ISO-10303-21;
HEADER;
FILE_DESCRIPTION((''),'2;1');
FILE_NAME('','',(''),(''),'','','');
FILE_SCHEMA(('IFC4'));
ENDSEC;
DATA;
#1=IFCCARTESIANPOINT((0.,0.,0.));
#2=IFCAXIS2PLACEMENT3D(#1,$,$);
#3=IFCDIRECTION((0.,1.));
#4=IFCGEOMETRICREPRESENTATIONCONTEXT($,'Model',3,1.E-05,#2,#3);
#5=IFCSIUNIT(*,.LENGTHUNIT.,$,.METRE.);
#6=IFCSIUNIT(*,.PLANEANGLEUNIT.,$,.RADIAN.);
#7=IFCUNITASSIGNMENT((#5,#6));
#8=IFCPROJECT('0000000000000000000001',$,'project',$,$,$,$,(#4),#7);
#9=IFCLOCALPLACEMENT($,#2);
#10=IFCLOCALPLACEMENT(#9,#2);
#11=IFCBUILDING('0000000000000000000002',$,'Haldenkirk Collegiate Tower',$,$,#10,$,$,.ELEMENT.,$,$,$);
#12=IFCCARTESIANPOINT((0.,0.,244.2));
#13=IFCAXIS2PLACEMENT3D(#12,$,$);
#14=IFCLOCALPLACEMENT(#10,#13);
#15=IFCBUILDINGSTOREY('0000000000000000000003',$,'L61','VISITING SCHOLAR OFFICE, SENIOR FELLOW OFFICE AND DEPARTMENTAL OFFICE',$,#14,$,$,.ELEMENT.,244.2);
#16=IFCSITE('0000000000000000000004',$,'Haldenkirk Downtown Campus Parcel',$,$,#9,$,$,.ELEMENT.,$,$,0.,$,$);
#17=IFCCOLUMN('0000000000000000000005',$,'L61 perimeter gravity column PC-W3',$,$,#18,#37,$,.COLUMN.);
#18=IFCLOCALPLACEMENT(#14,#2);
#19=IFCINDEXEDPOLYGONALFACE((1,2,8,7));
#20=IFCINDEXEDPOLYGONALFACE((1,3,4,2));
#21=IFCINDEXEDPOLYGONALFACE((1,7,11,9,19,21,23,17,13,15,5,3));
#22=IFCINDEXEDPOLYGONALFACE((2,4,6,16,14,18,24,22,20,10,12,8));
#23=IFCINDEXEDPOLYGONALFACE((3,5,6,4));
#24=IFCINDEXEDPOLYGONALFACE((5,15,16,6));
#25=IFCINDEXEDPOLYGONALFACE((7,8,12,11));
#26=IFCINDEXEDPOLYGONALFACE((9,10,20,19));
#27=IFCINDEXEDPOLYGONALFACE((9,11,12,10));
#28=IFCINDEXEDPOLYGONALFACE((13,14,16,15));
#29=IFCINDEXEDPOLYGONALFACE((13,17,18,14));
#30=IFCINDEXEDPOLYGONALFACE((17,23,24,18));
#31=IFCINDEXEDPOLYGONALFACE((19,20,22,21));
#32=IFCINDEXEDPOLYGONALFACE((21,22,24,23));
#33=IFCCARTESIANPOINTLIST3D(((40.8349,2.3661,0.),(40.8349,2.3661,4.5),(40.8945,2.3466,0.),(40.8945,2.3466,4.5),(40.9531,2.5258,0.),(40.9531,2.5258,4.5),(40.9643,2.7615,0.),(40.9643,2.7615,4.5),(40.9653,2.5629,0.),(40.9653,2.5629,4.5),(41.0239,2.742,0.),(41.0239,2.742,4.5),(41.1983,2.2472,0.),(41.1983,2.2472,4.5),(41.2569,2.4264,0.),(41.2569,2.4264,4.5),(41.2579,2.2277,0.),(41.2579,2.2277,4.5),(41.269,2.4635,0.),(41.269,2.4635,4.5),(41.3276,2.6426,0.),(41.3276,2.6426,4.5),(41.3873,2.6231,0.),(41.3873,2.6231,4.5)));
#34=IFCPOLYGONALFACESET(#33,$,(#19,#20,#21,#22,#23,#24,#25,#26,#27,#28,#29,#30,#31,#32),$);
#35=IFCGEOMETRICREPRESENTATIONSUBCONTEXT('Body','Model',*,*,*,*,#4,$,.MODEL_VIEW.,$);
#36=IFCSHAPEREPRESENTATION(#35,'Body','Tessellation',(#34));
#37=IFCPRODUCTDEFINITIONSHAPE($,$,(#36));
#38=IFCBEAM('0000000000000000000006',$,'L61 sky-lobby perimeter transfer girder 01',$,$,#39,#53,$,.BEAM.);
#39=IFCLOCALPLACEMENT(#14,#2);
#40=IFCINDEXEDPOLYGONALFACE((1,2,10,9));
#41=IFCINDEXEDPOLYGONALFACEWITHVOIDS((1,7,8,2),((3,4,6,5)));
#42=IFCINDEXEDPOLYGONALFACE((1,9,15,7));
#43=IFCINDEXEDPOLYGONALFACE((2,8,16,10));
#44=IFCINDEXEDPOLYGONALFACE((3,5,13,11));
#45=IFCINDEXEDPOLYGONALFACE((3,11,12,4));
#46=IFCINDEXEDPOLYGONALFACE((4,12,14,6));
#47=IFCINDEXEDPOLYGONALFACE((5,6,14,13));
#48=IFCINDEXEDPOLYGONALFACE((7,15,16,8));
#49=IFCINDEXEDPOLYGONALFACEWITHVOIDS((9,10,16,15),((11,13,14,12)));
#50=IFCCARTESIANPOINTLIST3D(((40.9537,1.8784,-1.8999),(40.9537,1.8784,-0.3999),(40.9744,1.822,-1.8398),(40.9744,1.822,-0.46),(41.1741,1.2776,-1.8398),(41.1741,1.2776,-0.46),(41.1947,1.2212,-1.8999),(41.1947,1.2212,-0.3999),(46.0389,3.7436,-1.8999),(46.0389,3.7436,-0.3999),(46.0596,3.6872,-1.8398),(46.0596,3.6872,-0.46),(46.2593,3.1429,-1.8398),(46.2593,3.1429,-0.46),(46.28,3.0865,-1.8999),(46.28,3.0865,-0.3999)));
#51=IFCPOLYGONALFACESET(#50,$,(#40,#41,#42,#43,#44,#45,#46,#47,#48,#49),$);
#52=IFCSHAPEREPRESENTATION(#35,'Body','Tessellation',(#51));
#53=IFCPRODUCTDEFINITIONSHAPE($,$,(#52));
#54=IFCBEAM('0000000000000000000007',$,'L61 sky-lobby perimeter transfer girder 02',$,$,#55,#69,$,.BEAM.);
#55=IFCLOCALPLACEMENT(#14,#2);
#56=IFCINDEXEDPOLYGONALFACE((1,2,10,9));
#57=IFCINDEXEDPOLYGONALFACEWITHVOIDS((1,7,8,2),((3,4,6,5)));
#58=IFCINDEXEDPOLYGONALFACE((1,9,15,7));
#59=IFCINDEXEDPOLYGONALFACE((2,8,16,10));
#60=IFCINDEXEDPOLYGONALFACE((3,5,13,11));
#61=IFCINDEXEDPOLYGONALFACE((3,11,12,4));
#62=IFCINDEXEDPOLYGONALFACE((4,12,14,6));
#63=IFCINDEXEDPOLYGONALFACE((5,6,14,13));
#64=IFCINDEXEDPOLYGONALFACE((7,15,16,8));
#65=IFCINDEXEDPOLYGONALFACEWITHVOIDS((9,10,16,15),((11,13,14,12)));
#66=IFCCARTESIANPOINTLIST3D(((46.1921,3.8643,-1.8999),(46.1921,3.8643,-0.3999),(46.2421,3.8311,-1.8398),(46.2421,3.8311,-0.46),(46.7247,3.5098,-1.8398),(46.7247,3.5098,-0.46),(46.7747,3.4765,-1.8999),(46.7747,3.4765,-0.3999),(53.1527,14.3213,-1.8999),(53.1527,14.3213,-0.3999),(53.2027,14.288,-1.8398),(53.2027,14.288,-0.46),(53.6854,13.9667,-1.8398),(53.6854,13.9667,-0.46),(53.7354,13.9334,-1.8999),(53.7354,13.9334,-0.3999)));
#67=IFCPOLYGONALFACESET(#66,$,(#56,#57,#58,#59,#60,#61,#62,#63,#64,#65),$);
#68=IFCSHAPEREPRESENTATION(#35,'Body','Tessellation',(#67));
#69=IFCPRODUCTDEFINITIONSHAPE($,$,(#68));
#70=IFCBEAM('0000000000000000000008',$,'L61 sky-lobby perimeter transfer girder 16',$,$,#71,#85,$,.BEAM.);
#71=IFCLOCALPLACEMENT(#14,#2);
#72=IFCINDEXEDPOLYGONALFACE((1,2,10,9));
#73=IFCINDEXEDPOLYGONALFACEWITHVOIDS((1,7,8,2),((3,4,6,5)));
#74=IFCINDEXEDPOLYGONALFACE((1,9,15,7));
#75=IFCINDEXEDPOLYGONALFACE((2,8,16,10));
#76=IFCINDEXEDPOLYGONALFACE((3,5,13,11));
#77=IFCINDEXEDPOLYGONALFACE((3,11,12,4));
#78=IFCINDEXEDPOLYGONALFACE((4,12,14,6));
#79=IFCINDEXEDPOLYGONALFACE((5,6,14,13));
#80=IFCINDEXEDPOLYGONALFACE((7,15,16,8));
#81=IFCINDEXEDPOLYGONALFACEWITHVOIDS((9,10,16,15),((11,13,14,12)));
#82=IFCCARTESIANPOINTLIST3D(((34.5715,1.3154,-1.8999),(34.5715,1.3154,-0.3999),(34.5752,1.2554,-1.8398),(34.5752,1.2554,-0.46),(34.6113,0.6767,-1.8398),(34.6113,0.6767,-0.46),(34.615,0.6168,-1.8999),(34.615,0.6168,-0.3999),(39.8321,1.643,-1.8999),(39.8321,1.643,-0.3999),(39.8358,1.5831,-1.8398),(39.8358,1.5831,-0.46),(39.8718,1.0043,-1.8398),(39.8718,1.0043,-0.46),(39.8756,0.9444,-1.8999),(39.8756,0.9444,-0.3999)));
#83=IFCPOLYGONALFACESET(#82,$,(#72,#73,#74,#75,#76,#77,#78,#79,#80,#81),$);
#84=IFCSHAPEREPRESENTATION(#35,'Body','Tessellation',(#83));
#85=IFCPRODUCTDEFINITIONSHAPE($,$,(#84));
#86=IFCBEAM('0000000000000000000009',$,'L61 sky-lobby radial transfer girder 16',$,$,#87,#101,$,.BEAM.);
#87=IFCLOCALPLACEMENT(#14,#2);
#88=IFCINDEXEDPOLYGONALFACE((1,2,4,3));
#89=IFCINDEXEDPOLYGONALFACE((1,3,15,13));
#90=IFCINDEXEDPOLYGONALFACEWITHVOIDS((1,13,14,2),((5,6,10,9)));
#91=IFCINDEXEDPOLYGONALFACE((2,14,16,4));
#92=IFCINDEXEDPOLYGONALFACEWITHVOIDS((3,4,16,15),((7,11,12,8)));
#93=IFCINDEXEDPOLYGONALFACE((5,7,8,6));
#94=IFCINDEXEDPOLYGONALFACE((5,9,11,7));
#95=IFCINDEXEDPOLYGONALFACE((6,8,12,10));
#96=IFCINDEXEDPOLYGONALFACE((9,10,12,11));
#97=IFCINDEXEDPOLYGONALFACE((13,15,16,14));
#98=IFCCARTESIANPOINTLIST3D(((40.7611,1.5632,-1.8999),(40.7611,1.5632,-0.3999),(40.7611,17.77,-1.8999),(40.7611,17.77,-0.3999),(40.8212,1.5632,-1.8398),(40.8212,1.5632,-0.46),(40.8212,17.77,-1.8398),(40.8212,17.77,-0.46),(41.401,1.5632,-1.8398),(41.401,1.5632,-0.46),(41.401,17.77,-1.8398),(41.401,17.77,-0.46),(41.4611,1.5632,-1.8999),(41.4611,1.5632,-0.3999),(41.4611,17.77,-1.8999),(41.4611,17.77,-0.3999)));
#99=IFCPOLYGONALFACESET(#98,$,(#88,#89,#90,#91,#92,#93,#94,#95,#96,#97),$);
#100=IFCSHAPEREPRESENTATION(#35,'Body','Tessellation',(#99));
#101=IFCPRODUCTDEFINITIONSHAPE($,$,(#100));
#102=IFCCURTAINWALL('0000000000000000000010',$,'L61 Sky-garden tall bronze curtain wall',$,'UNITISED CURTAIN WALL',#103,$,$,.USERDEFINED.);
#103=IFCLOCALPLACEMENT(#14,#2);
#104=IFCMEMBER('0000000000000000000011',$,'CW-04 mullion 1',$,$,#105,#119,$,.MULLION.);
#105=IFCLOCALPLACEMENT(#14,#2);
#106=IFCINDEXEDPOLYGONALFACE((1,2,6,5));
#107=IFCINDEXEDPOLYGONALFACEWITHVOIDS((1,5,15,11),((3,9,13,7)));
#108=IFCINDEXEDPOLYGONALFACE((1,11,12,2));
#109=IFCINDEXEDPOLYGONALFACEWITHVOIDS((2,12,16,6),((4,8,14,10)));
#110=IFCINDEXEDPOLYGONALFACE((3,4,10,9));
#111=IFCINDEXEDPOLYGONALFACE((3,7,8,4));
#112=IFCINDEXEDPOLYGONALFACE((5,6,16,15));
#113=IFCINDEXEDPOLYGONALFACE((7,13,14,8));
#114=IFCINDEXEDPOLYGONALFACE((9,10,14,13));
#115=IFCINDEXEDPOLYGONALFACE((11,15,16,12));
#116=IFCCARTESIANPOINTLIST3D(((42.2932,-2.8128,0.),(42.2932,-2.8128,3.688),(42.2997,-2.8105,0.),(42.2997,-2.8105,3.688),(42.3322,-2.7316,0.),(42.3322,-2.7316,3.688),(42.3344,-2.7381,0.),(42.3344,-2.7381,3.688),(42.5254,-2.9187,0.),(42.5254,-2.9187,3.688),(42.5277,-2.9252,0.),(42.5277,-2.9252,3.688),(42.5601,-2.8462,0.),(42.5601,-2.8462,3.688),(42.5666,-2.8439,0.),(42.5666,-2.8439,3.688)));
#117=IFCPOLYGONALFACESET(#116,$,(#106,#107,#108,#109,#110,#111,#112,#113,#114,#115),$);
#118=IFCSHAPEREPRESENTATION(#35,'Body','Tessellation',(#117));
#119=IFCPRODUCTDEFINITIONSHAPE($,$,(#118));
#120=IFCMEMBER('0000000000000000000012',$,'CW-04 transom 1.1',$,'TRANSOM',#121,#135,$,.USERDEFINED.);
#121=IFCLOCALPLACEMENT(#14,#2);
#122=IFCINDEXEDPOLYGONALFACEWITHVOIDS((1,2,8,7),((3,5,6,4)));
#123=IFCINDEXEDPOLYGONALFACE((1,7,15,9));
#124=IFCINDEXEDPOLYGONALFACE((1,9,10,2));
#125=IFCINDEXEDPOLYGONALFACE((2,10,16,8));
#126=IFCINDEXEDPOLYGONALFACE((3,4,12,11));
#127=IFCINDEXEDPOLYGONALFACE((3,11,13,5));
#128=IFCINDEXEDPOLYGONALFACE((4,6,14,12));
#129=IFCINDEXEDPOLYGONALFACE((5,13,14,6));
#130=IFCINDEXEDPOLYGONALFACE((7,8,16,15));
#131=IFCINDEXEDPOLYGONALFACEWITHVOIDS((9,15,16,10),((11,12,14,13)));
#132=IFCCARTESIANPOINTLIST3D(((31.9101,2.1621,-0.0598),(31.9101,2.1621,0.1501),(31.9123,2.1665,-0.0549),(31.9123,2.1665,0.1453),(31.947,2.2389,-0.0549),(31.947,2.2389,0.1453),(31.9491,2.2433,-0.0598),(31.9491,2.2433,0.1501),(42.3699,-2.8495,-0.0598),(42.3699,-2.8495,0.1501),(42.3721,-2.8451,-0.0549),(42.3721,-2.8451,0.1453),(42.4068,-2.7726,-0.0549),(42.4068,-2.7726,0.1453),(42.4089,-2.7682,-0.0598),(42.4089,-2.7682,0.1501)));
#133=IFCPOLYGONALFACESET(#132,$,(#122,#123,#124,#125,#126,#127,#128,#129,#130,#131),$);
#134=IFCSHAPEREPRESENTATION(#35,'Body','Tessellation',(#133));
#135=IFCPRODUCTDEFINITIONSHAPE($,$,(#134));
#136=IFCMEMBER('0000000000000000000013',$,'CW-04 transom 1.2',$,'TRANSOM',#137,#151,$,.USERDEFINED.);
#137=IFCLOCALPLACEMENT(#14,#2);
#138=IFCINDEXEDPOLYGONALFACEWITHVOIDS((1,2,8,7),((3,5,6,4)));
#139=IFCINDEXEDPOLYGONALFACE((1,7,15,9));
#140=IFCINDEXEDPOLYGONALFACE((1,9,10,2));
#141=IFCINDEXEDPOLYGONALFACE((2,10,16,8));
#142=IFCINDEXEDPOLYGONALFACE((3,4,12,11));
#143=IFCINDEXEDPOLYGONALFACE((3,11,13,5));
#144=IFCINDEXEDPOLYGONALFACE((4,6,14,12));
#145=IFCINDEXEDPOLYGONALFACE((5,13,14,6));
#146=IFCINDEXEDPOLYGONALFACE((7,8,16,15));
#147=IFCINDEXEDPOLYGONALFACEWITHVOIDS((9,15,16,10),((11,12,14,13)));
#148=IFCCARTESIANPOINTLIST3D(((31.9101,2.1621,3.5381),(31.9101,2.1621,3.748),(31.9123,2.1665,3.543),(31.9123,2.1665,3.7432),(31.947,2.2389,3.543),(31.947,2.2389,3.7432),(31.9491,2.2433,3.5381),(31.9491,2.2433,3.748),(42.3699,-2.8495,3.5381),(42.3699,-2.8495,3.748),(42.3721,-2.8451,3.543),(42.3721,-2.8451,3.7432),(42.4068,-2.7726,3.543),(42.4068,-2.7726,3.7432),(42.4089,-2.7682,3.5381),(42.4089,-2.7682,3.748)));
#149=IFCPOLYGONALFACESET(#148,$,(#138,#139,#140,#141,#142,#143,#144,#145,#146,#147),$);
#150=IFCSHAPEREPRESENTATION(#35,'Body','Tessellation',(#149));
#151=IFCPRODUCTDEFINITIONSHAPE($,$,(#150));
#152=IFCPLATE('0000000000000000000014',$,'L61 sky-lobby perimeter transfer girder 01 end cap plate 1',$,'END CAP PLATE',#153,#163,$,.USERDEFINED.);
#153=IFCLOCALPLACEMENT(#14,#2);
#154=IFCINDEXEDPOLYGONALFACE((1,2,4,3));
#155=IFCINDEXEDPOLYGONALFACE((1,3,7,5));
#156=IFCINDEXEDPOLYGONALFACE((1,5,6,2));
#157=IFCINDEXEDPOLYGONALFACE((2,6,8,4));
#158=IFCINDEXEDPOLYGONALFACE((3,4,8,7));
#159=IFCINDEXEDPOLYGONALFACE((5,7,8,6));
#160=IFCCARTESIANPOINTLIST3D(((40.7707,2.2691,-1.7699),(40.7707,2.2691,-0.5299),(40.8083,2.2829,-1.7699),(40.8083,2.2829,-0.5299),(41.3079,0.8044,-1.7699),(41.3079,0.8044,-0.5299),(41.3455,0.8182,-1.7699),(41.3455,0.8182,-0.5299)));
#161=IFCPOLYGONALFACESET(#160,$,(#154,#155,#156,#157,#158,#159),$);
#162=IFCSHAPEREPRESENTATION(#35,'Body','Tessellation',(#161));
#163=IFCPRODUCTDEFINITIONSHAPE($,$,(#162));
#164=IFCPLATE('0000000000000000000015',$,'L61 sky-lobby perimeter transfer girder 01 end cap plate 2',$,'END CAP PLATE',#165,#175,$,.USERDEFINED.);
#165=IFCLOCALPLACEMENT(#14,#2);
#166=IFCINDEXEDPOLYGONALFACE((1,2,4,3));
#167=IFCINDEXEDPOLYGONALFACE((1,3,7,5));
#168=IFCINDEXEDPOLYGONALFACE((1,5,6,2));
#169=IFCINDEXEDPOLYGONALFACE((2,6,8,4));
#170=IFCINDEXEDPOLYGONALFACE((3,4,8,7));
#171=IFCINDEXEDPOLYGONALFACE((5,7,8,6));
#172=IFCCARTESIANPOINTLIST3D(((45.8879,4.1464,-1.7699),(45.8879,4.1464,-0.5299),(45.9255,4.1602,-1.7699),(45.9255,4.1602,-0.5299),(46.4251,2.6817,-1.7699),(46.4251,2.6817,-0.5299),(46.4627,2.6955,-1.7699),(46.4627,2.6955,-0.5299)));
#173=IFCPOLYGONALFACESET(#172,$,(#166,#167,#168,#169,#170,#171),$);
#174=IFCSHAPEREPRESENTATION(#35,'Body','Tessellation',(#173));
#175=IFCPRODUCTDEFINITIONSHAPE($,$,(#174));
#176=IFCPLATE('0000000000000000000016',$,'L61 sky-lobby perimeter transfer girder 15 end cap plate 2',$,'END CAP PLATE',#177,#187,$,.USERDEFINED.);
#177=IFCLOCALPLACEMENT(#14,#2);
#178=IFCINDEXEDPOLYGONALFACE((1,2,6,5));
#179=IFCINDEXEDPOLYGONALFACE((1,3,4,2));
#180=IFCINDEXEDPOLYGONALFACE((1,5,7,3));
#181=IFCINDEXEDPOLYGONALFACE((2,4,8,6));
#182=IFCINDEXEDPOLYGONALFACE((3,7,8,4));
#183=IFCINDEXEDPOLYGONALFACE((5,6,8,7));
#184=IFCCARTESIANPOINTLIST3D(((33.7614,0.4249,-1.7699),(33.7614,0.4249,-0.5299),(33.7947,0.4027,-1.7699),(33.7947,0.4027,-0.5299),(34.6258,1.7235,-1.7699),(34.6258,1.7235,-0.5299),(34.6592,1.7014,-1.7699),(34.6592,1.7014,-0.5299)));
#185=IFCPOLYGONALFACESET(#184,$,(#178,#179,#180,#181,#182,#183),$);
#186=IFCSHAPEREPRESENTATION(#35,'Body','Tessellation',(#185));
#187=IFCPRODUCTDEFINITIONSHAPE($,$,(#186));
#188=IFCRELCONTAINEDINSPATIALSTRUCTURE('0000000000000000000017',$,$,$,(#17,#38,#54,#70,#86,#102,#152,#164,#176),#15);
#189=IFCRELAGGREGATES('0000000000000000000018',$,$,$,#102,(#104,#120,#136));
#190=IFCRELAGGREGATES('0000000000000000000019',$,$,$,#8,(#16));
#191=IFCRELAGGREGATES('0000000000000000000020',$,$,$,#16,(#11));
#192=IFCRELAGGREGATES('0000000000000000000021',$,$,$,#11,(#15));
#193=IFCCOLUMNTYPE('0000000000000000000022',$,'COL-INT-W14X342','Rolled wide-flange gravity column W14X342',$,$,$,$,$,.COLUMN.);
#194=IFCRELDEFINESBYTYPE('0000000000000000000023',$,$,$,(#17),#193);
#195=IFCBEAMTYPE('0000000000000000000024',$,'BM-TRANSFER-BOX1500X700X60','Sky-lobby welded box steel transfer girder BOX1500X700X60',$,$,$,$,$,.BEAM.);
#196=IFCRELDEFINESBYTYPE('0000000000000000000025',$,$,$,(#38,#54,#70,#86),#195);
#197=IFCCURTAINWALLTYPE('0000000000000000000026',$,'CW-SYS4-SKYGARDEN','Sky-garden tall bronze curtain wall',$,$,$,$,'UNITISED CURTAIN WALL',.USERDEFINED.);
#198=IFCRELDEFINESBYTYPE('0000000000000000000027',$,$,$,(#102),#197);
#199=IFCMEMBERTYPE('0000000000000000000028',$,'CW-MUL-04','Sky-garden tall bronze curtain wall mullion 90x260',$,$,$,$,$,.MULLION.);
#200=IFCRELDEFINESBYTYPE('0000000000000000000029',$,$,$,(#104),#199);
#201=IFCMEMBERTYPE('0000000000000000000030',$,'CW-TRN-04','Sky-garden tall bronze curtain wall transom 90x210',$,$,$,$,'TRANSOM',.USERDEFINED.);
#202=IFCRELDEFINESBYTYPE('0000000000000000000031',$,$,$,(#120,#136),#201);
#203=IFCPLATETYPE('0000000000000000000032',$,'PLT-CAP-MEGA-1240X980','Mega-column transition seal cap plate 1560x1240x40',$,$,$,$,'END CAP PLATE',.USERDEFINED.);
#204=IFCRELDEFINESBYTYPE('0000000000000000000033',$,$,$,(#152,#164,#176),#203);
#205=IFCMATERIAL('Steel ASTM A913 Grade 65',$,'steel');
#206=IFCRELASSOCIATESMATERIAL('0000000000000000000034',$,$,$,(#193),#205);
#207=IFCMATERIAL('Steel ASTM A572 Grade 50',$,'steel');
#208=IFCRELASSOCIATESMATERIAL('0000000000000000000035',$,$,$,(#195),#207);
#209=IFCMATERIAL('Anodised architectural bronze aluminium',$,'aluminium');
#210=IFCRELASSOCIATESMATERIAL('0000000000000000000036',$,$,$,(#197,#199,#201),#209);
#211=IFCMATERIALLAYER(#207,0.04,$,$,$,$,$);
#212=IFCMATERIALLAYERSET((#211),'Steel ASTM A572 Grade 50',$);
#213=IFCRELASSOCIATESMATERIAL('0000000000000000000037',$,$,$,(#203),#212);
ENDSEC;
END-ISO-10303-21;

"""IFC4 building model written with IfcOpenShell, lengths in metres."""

from ifc_helpers import new_model, si_unit, direction, frame, origin, origin_2d, place, context, subcontext, project, spatial, rectangle, hollow_rectangle, i_section, extrude, source, transform, mapped, material, layer, layer_set, material_profile, profile_set, type_object, element, aggregate, save


model = new_model("IFC4")

# Units and contexts
model_context = context("Model", 3, precision=1e-05, world=origin(), true_north=direction((0.0, 1.0)))
body_context = subcontext(model_context, "Body", "Model", "MODEL_VIEW")
ifc_project = project(units=[si_unit("LENGTHUNIT", "METRE"), si_unit("PLANEANGLEUNIT", "RADIAN")], contexts=[model_context])

# Site, building, storey
site_placement = place(None, origin())
site = spatial("IfcSite", under=ifc_project, at=site_placement, Name="Haldenkirk Downtown Campus Parcel", CompositionType="ELEMENT", RefElevation=0.0)
building_placement = place(site_placement, origin())
building = spatial("IfcBuilding", under=site, at=building_placement, Name="Haldenkirk Collegiate Tower", CompositionType="ELEMENT")
storey_placement = place(building_placement, frame((0.0, 0.0, 244.2)))
storey = spatial("IfcBuildingStorey", under=building, at=storey_placement, Name="L61", Description="VISITING SCHOLAR OFFICE, SENIOR FELLOW OFFICE AND DEPARTMENTAL OFFICE", CompositionType="ELEMENT", Elevation=244.2)

# Column
ifc_material_1 = material(Name="Steel ASTM A913 Grade 65", Category="steel")
ifc_material_profile_1 = material_profile(ifc_material_1, i_section(OverallWidth=0.416, OverallDepth=0.4451, WebThickness=0.0391, FlangeThickness=0.0627, at=origin_2d()), Name="W14X342")
ifc_profile_set_1 = profile_set([ifc_material_profile_1], Name="Steel ASTM A913 Grade 65")
column_type = type_object("IfcColumnType", Name="COL-INT-W14X342", Description="Rolled wide-flange gravity column W14X342", PredefinedType="COLUMN", material=ifc_profile_set_1)
column_placement = place(storey_placement, frame((41.1111, 2.4946, 0.0), z_axis=(0.0, 0.0, 1.0), x_axis=(0.311008, 0.950407, 0.0)))
element("IfcColumn", 1, at=column_placement, inside=storey, type_object=column_type, Name="L61 perimeter gravity column PC-W3", PredefinedType="COLUMN", context=body_context, shape_type="SweptSolid", body=[
    extrude(i_section(OverallWidth=0.416, OverallDepth=0.4451, WebThickness=0.0391, FlangeThickness=0.0627, at=origin_2d()), origin(), (0.0, 0.0, 1.0), 4.5),
])

# Beams
ifc_material_2 = material(Name="Steel ASTM A572 Grade 50", Category="steel")
ifc_material_profile_2 = material_profile(ifc_material_2, hollow_rectangle(XDim=0.7, YDim=1.5, WallThickness=0.0601, at=origin_2d()), Name="BOX1500X700X60")
ifc_profile_set_2 = profile_set([ifc_material_profile_2], Name="Steel ASTM A572 Grade 50")
beam_type = type_object("IfcBeamType", Name="BM-TRANSFER-BOX1500X700X60", Description="Sky-lobby welded box steel transfer girder BOX1500X700X60", PredefinedType="BEAM", material=ifc_profile_set_2)
beam_1_placement = place(storey_placement, frame((41.0742, 1.5498, -1.1499), z_axis=(0.938837, 0.344362, 0.0), x_axis=(-0.344362, 0.938837, 0.0)))
element("IfcBeam", 2, at=beam_1_placement, inside=storey, type_object=beam_type, Name="L61 sky-lobby perimeter transfer girder 01", PredefinedType="BEAM", context=body_context, shape_type="SweptSolid", body=[
    extrude(hollow_rectangle(XDim=0.7, YDim=1.5, WallThickness=0.0601, at=origin_2d()), origin(), (0.0, 0.0, 1.0), 5.4165),
])
beam_2_placement = place(storey_placement, frame((46.4834, 3.6704, -1.1499), z_axis=(0.554113, 0.832442, 0.0), x_axis=(-0.832442, 0.554113, 0.0)))
element("IfcBeam", 3, at=beam_2_placement, inside=storey, type_object=beam_type, Name="L61 sky-lobby perimeter transfer girder 02", PredefinedType="BEAM", context=body_context, shape_type="SweptSolid", body=[
    extrude(hollow_rectangle(XDim=0.7, YDim=1.5, WallThickness=0.0601, at=origin_2d()), origin(), (0.0, 0.0, 1.0), 12.5618),
])
beam_3_placement = place(storey_placement, frame((34.5933, 0.9661, -1.1499), z_axis=(0.998066, 0.062162, 0.0), x_axis=(-0.062162, 0.998066, 0.0)))
element("IfcBeam", 4, at=beam_3_placement, inside=storey, type_object=beam_type, Name="L61 sky-lobby perimeter transfer girder 16", PredefinedType="BEAM", context=body_context, shape_type="SweptSolid", body=[
    extrude(hollow_rectangle(XDim=0.7, YDim=1.5, WallThickness=0.0601, at=origin_2d()), origin(), (0.0, 0.0, 1.0), 5.2708),
])
beam_4_placement = place(storey_placement, frame((41.1111, 1.5632, -1.1499), z_axis=(0.0, 1.0, 0.0), x_axis=(-1.0, 0.0, 0.0)))
element("IfcBeam", 5, at=beam_4_placement, inside=storey, type_object=beam_type, Name="L61 sky-lobby radial transfer girder 16", PredefinedType="BEAM", context=body_context, shape_type="SweptSolid", body=[
    extrude(hollow_rectangle(XDim=0.7, YDim=1.5, WallThickness=0.0601, at=origin_2d()), origin(), (0.0, 0.0, 1.0), 16.2068),
])

# Curtain wall, members
ifc_material_3 = material(Name="Anodised architectural bronze aluminium", Category="aluminium")
curtain_wall_type = type_object("IfcCurtainWallType", Name="CW-SYS4-SKYGARDEN", Description="Sky-garden tall bronze curtain wall", ElementType="UNITISED CURTAIN WALL", PredefinedType="USERDEFINED", material=ifc_material_3)
curtain_wall_placement = place(storey_placement, origin())
curtain_wall = element("IfcCurtainWall", 6, at=curtain_wall_placement, inside=storey, type_object=curtain_wall_type, Name="L61 Sky-garden tall bronze curtain wall", ObjectType="UNITISED CURTAIN WALL", PredefinedType="USERDEFINED")
ifc_material_profile_3 = material_profile(ifc_material_3, hollow_rectangle(XDim=0.0901, YDim=0.26, WallThickness=0.0049, at=origin_2d()), Name="CW-MUL-04")
ifc_profile_set_3 = profile_set([ifc_material_profile_3], Name="Anodised architectural bronze aluminium")
member_type_1 = type_object("IfcMemberType", Name="CW-MUL-04", Description="Sky-garden tall bronze curtain wall mullion 90x260", PredefinedType="MULLION", material=ifc_profile_set_3)
member_1_placement = place(storey_placement, frame((42.4299, -2.8284, 0.0), z_axis=(0.0, 0.0, 1.0), x_axis=(-0.432082, -0.901834, 0.0)))
member_1 = element("IfcMember", 7, at=member_1_placement, type_object=member_type_1, Name="CW-04 mullion 1", PredefinedType="MULLION", context=body_context, shape_type="SweptSolid", body=[
    extrude(hollow_rectangle(XDim=0.0901, YDim=0.26, WallThickness=0.0049, at=origin_2d()), origin(), (0.0, 0.0, 1.0), 3.688),
])
ifc_material_profile_4 = material_profile(ifc_material_3, hollow_rectangle(XDim=0.0901, YDim=0.21, WallThickness=0.0049, at=origin_2d()), Name="CW-TRN-04")
ifc_profile_set_4 = profile_set([ifc_material_profile_4], Name="Anodised architectural bronze aluminium")
member_type_2 = type_object("IfcMemberType", Name="CW-TRN-04", Description="Sky-garden tall bronze curtain wall transom 90x210", ElementType="TRANSOM", PredefinedType="USERDEFINED", material=ifc_profile_set_4)
member_2_placement = place(storey_placement, frame((42.3894, -2.8088, 0.0452), z_axis=(-0.901832, 0.432087, 0.0), x_axis=(-0.432087, -0.901832, 0.0)))
member_2 = element("IfcMember", 8, at=member_2_placement, type_object=member_type_2, Name="CW-04 transom 1.1", ObjectType="TRANSOM", PredefinedType="USERDEFINED", context=body_context, shape_type="SweptSolid", body=[
    extrude(hollow_rectangle(XDim=0.0901, YDim=0.21, WallThickness=0.0049, at=origin_2d()), origin(), (0.0, 0.0, 1.0), 11.5984),
])
member_3_placement = place(storey_placement, frame((42.3894, -2.8088, 3.6431), z_axis=(-0.901832, 0.432087, 0.0), x_axis=(-0.432087, -0.901832, 0.0)))
member_3 = element("IfcMember", 9, at=member_3_placement, type_object=member_type_2, Name="CW-04 transom 1.2", ObjectType="TRANSOM", PredefinedType="USERDEFINED", context=body_context, shape_type="SweptSolid", body=[
    extrude(hollow_rectangle(XDim=0.0901, YDim=0.21, WallThickness=0.0049, at=origin_2d()), origin(), (0.0, 0.0, 1.0), 11.5984),
])

# Plates
ifc_layer_1 = layer(ifc_material_2, 0.04)
ifc_layer_set_1 = layer_set([ifc_layer_1], Name="Steel ASTM A572 Grade 50")
plate_type_1 = type_object("IfcPlateType", Name="PLT-CAP-MEGA-1240X980", Description="Mega-column transition seal cap plate 1560x1240x40", ElementType="END CAP PLATE", PredefinedType="USERDEFINED", material=ifc_layer_set_1)
shared_shape_1 = source(origin(), body_context, "Body", "SweptSolid", [
    extrude(rectangle(XDim=1.5601, YDim=1.24, at=origin_2d()), origin(), (0.0, 0.0, 1.0), 0.04),
])
for number, where, z_axis, x_axis, name in (
    (10, (41.0769, 1.5505, -1.1499), (-0.938835, -0.344367, 0.0), (0.344367, -0.938835, 0.0), "L61 sky-lobby perimeter transfer girder 01 end cap plate 1"),
    (11, (46.1565, 3.4141, -1.1499), (0.938835, 0.344367, 0.0), (-0.344367, 0.938835, 0.0), "L61 sky-lobby perimeter transfer girder 01 end cap plate 2"),
    (12, (34.1936, 1.0742, -1.1499), (0.832437, -0.55412, 0.0), (0.55412, 0.832437, 0.0), "L61 sky-lobby perimeter transfer girder 15 end cap plate 2"),
):
    element("IfcPlate", number, at=place(storey_placement, frame(where, z_axis=z_axis, x_axis=x_axis)), inside=storey, type_object=plate_type_1, Name=name, ObjectType="END CAP PLATE", PredefinedType="USERDEFINED", context=body_context, shape_type="MappedRepresentation", body=[
        mapped(shared_shape_1, transform((0.0, 0.0, 0.0), x_axis=(1.0, 0.0, 0.0), y_axis=(0.0, 1.0, 0.0), z_axis=(0.0, 0.0, 1.0), scale=1.0)),
    ])

aggregate(curtain_wall, [member_1, member_2, member_3])

save(model, "model.ifc")
